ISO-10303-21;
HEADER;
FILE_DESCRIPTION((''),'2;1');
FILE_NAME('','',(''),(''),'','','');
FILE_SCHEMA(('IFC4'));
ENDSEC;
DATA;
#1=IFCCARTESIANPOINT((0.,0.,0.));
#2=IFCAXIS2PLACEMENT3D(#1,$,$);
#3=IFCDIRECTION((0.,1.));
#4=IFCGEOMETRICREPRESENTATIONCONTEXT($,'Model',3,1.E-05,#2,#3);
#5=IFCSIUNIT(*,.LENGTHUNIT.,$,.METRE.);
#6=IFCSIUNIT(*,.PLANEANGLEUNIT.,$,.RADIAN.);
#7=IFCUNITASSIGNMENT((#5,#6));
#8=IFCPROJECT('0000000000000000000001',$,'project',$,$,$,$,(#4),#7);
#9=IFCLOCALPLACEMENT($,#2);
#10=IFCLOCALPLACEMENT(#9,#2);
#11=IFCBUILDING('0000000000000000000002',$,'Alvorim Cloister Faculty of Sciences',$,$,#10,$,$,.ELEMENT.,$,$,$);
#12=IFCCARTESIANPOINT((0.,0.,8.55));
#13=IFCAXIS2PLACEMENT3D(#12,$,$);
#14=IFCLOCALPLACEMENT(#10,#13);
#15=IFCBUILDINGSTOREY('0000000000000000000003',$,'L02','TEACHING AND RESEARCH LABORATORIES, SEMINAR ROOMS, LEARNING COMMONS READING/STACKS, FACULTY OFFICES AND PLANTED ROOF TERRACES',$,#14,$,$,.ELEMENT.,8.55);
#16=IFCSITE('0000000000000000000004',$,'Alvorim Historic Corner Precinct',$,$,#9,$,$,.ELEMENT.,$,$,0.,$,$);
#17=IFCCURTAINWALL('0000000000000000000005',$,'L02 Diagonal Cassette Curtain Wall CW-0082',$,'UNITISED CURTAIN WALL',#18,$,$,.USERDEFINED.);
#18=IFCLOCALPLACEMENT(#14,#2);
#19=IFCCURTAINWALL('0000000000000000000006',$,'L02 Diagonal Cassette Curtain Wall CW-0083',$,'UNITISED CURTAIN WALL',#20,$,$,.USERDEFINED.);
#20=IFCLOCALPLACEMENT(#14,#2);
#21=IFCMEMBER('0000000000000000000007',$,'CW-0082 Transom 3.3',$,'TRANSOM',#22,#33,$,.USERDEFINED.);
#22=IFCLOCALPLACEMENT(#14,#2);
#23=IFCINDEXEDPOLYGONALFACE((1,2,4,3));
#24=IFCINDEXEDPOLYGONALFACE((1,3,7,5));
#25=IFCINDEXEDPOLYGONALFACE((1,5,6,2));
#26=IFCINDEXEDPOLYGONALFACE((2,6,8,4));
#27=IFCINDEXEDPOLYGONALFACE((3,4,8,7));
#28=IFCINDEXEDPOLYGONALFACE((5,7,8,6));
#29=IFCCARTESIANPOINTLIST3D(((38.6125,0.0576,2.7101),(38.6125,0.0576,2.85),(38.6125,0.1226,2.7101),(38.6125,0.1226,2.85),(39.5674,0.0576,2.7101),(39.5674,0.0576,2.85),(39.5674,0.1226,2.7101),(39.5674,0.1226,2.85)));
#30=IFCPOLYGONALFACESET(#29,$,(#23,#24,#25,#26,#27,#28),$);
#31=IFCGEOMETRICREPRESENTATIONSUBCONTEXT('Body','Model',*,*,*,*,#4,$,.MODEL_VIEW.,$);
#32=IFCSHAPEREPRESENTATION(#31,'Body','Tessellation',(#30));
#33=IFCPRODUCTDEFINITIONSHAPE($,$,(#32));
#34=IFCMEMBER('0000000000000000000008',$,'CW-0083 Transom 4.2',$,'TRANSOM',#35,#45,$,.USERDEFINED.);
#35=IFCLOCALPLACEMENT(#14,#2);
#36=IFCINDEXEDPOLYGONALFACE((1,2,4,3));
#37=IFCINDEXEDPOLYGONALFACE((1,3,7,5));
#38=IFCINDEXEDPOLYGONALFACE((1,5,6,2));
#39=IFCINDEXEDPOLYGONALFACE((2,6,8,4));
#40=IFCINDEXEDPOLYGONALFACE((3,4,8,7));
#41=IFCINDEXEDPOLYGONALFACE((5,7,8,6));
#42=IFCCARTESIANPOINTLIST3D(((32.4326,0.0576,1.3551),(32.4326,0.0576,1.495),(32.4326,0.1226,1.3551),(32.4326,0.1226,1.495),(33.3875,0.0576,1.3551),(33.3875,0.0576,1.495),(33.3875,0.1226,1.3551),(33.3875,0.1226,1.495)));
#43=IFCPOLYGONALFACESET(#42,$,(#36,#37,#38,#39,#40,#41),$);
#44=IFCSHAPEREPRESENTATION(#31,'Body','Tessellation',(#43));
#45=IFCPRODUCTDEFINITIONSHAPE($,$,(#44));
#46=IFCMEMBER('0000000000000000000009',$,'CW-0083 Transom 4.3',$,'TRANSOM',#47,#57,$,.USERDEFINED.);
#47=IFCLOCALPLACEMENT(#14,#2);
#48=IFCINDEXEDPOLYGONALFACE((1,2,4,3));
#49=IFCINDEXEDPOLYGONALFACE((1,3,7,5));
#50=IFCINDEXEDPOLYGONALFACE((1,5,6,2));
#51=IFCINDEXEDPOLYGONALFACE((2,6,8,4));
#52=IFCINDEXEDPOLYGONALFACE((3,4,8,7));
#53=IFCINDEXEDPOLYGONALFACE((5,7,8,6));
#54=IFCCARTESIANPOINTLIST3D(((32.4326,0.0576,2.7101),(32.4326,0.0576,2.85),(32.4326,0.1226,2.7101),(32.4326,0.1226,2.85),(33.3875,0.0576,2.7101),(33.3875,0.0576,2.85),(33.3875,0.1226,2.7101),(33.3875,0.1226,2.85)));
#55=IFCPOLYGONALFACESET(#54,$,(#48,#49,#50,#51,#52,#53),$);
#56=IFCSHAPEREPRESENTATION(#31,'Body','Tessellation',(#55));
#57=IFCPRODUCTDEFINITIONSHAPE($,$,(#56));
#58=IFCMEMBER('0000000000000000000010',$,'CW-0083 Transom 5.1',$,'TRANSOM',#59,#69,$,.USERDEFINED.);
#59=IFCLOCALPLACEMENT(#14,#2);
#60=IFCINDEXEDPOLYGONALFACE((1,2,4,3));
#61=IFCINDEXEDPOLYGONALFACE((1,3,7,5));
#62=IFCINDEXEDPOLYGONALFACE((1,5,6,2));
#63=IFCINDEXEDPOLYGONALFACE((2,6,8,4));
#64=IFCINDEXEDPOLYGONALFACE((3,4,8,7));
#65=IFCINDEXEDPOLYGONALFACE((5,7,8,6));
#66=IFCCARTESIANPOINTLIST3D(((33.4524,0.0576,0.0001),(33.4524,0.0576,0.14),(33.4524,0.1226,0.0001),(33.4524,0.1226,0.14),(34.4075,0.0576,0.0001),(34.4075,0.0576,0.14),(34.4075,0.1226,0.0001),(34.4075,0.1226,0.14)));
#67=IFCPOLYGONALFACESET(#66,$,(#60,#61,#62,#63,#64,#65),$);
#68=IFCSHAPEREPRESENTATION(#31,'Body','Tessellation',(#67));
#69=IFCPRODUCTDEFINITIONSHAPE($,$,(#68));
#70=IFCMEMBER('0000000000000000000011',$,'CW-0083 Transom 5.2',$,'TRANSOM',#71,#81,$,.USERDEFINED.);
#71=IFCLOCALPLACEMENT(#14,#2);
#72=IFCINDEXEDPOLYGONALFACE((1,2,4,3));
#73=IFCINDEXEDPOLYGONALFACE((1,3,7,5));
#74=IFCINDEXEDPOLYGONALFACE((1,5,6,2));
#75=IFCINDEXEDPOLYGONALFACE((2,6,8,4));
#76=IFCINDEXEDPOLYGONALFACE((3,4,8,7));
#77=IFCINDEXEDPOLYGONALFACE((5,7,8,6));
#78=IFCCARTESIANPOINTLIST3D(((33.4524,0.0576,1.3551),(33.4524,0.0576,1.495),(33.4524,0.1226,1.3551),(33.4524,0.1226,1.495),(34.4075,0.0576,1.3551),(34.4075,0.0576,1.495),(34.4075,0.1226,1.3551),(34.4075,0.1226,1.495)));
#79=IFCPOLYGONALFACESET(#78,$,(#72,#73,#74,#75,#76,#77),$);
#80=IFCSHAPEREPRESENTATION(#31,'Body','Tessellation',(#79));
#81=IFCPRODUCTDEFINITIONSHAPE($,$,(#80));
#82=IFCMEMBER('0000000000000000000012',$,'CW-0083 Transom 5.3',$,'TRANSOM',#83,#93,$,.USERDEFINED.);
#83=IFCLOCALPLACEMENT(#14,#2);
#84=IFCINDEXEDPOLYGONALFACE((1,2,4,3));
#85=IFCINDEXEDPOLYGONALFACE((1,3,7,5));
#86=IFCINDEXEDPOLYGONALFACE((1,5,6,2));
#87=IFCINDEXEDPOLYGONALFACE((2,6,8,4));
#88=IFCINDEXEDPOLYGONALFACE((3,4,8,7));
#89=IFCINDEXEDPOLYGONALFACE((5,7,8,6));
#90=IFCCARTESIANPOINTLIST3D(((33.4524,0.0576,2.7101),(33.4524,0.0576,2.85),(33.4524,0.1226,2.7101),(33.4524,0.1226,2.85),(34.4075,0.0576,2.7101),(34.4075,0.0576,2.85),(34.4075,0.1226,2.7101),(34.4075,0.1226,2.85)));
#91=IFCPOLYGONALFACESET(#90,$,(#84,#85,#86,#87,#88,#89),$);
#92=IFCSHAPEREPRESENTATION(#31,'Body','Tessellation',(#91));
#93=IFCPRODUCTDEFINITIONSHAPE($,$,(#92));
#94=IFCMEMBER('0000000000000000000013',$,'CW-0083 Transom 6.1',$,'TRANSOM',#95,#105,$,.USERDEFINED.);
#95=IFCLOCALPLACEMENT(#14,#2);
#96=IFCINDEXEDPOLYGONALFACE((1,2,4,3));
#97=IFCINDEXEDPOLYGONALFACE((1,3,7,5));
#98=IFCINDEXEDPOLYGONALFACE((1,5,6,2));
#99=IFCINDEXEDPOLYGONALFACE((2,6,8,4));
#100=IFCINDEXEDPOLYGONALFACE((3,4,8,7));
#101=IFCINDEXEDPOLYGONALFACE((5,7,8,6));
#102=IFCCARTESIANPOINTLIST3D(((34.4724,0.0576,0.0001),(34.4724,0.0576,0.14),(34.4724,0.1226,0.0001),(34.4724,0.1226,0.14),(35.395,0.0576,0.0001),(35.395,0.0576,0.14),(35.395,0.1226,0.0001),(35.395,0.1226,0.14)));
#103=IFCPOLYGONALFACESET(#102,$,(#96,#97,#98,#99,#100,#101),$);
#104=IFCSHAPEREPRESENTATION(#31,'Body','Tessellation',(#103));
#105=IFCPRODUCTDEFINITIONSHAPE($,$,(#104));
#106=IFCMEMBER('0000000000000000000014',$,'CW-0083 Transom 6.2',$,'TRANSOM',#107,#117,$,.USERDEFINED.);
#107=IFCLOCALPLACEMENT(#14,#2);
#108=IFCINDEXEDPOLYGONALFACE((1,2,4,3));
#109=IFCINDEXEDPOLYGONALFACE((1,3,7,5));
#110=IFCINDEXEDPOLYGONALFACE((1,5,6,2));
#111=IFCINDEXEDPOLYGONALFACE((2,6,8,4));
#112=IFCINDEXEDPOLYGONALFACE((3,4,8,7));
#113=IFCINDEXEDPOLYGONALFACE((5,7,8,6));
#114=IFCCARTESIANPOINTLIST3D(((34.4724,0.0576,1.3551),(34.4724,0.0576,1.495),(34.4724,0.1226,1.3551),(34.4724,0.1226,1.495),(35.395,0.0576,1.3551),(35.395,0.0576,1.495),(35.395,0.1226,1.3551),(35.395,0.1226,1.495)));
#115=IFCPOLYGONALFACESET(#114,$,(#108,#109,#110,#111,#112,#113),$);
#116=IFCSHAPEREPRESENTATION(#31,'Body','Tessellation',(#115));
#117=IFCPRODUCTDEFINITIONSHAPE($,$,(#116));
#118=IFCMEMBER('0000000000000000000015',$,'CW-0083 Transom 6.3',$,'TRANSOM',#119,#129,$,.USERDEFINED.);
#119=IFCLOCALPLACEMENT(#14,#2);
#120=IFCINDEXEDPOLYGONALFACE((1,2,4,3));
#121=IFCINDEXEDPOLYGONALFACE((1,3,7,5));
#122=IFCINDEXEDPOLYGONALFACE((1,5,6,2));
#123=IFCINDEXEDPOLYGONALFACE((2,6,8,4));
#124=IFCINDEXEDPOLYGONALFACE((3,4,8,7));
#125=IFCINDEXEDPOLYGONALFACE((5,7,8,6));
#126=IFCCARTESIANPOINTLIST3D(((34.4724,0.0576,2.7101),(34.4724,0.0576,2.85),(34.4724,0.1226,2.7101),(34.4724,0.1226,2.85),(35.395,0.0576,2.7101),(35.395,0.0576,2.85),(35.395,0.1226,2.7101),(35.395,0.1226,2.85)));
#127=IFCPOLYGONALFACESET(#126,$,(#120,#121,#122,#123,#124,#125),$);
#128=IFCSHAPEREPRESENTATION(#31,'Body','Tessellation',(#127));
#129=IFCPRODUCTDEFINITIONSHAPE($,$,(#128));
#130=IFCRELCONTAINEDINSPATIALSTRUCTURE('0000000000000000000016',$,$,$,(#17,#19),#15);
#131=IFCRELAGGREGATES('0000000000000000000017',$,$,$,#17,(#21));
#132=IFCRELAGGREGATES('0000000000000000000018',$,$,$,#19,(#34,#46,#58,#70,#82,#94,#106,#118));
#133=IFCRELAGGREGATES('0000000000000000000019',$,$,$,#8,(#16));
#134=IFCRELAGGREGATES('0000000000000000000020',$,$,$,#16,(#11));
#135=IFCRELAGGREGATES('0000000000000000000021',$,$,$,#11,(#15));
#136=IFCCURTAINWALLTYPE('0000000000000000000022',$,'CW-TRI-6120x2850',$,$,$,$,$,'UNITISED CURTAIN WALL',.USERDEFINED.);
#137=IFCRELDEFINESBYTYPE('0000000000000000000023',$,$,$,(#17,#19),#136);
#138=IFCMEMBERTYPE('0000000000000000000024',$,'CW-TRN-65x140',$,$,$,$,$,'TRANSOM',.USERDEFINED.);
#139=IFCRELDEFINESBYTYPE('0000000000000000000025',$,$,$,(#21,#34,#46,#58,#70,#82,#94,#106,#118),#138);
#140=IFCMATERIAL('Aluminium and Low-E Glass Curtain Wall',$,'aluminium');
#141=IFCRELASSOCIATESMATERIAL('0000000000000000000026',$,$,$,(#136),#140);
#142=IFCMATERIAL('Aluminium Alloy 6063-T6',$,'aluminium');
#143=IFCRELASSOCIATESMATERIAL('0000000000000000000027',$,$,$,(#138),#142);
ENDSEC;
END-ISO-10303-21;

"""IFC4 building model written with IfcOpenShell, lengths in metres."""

from ifc_helpers import new_model, si_unit, direction, frame, origin, origin_2d, place, context, subcontext, project, spatial, rectangle, extrude, material, material_profile, profile_set, type_object, element, aggregate, save


model = new_model("IFC4")

# Units and contexts
model_context = context("Model", 3, precision=1e-05, world=origin(), true_north=direction((0.0, 1.0)))
body_context = subcontext(model_context, "Body", "Model", "MODEL_VIEW")
ifc_project = project(units=[si_unit("LENGTHUNIT", "METRE"), si_unit("PLANEANGLEUNIT", "RADIAN")], contexts=[model_context])

# Site, building, storey
site_placement = place(None, origin())
site = spatial("IfcSite", under=ifc_project, at=site_placement, Name="Alvorim Historic Corner Precinct", CompositionType="ELEMENT", RefElevation=0.0)
building_placement = place(site_placement, origin())
building = spatial("IfcBuilding", under=site, at=building_placement, Name="Alvorim Cloister Faculty of Sciences", CompositionType="ELEMENT")
storey_placement = place(building_placement, frame((0.0, 0.0, 8.55)))
storey = spatial("IfcBuildingStorey", under=building, at=storey_placement, Name="L02", Description="TEACHING AND RESEARCH LABORATORIES, SEMINAR ROOMS, LEARNING COMMONS READING/STACKS, FACULTY OFFICES AND PLANTED ROOF TERRACES", CompositionType="ELEMENT", Elevation=8.55)

# Curtain walls
ifc_material_1 = material(Name="Aluminium and Low-E Glass Curtain Wall", Category="aluminium")
curtain_wall_type = type_object("IfcCurtainWallType", Name="CW-TRI-6120x2850", ElementType="UNITISED CURTAIN WALL", PredefinedType="USERDEFINED", material=ifc_material_1)
curtain_wall_1_placement = place(storey_placement, origin())
curtain_wall_1 = element("IfcCurtainWall", 1, at=curtain_wall_1_placement, inside=storey, type_object=curtain_wall_type, Name="L02 Diagonal Cassette Curtain Wall CW-0082", ObjectType="UNITISED CURTAIN WALL", PredefinedType="USERDEFINED")
ifc_material_2 = material(Name="Aluminium Alloy 6063-T6", Category="aluminium")
curtain_wall_2_placement = place(storey_placement, origin())
curtain_wall_2 = element("IfcCurtainWall", 2, at=curtain_wall_2_placement, inside=storey, type_object=curtain_wall_type, Name="L02 Diagonal Cassette Curtain Wall CW-0083", ObjectType="UNITISED CURTAIN WALL", PredefinedType="USERDEFINED")

# Members
ifc_material_profile_1 = material_profile(ifc_material_2, rectangle(XDim=0.0649, YDim=0.1399, at=origin_2d()), Name="ALU-TRN-65x140")
ifc_profile_set_1 = profile_set([ifc_material_profile_1], Name="Aluminium Alloy 6063-T6")
member_type_1 = type_object("IfcMemberType", Name="CW-TRN-65x140", ElementType="TRANSOM", PredefinedType="USERDEFINED", material=ifc_profile_set_1)
member_1_placement = place(storey_placement, frame((38.6125, 0.0901, 2.78), z_axis=(1.0, 0.0, 0.0), x_axis=(0.0, 1.0, 0.0)))
member_1 = element("IfcMember", 3, at=member_1_placement, type_object=member_type_1, Name="CW-0082 Transom 3.3", ObjectType="TRANSOM", PredefinedType="USERDEFINED", context=body_context, shape_type="SweptSolid", body=[
    extrude(rectangle(XDim=0.0649, YDim=0.1399, at=origin_2d()), origin(), (0.0, 0.0, 1.0), 0.9548),
])
aggregate(curtain_wall_1, [member_1])
member_2_placement = place(storey_placement, frame((32.4326, 0.0901, 1.425), z_axis=(1.0, 0.0, 0.0), x_axis=(0.0, 1.0, 0.0)))
member_2 = element("IfcMember", 4, at=member_2_placement, type_object=member_type_1, Name="CW-0083 Transom 4.2", ObjectType="TRANSOM", PredefinedType="USERDEFINED", context=body_context, shape_type="SweptSolid", body=[
    extrude(rectangle(XDim=0.0649, YDim=0.1399, at=origin_2d()), origin(), (0.0, 0.0, 1.0), 0.9548),
])
member_3_placement = place(storey_placement, frame((32.4326, 0.0901, 2.78), z_axis=(1.0, 0.0, 0.0), x_axis=(0.0, 1.0, 0.0)))
member_3 = element("IfcMember", 5, at=member_3_placement, type_object=member_type_1, Name="CW-0083 Transom 4.3", ObjectType="TRANSOM", PredefinedType="USERDEFINED", context=body_context, shape_type="SweptSolid", body=[
    extrude(rectangle(XDim=0.0649, YDim=0.1399, at=origin_2d()), origin(), (0.0, 0.0, 1.0), 0.9548),
])
member_4_placement = place(storey_placement, frame((33.4524, 0.0901, 0.0701), z_axis=(1.0, 0.0, 0.0), x_axis=(0.0, 1.0, 0.0)))
member_4 = element("IfcMember", 6, at=member_4_placement, type_object=member_type_1, Name="CW-0083 Transom 5.1", ObjectType="TRANSOM", PredefinedType="USERDEFINED", context=body_context, shape_type="SweptSolid", body=[
    extrude(rectangle(XDim=0.0649, YDim=0.1399, at=origin_2d()), origin(), (0.0, 0.0, 1.0), 0.9551),
])
member_5_placement = place(storey_placement, frame((33.4524, 0.0901, 1.425), z_axis=(1.0, 0.0, 0.0), x_axis=(0.0, 1.0, 0.0)))
member_5 = element("IfcMember", 7, at=member_5_placement, type_object=member_type_1, Name="CW-0083 Transom 5.2", ObjectType="TRANSOM", PredefinedType="USERDEFINED", context=body_context, shape_type="SweptSolid", body=[
    extrude(rectangle(XDim=0.0649, YDim=0.1399, at=origin_2d()), origin(), (0.0, 0.0, 1.0), 0.9551),
])
member_6_placement = place(storey_placement, frame((33.4524, 0.0901, 2.78), z_axis=(1.0, 0.0, 0.0), x_axis=(0.0, 1.0, 0.0)))
member_6 = element("IfcMember", 8, at=member_6_placement, type_object=member_type_1, Name="CW-0083 Transom 5.3", ObjectType="TRANSOM", PredefinedType="USERDEFINED", context=body_context, shape_type="SweptSolid", body=[
    extrude(rectangle(XDim=0.0649, YDim=0.1399, at=origin_2d()), origin(), (0.0, 0.0, 1.0), 0.9551),
])
member_7_placement = place(storey_placement, frame((34.4724, 0.0901, 0.0701), z_axis=(1.0, 0.0, 0.0), x_axis=(0.0, 1.0, 0.0)))
member_7 = element("IfcMember", 9, at=member_7_placement, type_object=member_type_1, Name="CW-0083 Transom 6.1", ObjectType="TRANSOM", PredefinedType="USERDEFINED", context=body_context, shape_type="SweptSolid", body=[
    extrude(rectangle(XDim=0.0649, YDim=0.1399, at=origin_2d()), origin(), (0.0, 0.0, 1.0), 0.9226),
])
member_8_placement = place(storey_placement, frame((34.4724, 0.0901, 1.425), z_axis=(1.0, 0.0, 0.0), x_axis=(0.0, 1.0, 0.0)))
member_8 = element("IfcMember", 10, at=member_8_placement, type_object=member_type_1, Name="CW-0083 Transom 6.2", ObjectType="TRANSOM", PredefinedType="USERDEFINED", context=body_context, shape_type="SweptSolid", body=[
    extrude(rectangle(XDim=0.0649, YDim=0.1399, at=origin_2d()), origin(), (0.0, 0.0, 1.0), 0.9226),
])
member_9_placement = place(storey_placement, frame((34.4724, 0.0901, 2.78), z_axis=(1.0, 0.0, 0.0), x_axis=(0.0, 1.0, 0.0)))
member_9 = element("IfcMember", 11, at=member_9_placement, type_object=member_type_1, Name="CW-0083 Transom 6.3", ObjectType="TRANSOM", PredefinedType="USERDEFINED", context=body_context, shape_type="SweptSolid", body=[
    extrude(rectangle(XDim=0.0649, YDim=0.1399, at=origin_2d()), origin(), (0.0, 0.0, 1.0), 0.9226),
])
aggregate(curtain_wall_2, [member_2, member_3, member_4, member_5, member_6, member_7, member_8, member_9])

save(model, "model.ifc")
